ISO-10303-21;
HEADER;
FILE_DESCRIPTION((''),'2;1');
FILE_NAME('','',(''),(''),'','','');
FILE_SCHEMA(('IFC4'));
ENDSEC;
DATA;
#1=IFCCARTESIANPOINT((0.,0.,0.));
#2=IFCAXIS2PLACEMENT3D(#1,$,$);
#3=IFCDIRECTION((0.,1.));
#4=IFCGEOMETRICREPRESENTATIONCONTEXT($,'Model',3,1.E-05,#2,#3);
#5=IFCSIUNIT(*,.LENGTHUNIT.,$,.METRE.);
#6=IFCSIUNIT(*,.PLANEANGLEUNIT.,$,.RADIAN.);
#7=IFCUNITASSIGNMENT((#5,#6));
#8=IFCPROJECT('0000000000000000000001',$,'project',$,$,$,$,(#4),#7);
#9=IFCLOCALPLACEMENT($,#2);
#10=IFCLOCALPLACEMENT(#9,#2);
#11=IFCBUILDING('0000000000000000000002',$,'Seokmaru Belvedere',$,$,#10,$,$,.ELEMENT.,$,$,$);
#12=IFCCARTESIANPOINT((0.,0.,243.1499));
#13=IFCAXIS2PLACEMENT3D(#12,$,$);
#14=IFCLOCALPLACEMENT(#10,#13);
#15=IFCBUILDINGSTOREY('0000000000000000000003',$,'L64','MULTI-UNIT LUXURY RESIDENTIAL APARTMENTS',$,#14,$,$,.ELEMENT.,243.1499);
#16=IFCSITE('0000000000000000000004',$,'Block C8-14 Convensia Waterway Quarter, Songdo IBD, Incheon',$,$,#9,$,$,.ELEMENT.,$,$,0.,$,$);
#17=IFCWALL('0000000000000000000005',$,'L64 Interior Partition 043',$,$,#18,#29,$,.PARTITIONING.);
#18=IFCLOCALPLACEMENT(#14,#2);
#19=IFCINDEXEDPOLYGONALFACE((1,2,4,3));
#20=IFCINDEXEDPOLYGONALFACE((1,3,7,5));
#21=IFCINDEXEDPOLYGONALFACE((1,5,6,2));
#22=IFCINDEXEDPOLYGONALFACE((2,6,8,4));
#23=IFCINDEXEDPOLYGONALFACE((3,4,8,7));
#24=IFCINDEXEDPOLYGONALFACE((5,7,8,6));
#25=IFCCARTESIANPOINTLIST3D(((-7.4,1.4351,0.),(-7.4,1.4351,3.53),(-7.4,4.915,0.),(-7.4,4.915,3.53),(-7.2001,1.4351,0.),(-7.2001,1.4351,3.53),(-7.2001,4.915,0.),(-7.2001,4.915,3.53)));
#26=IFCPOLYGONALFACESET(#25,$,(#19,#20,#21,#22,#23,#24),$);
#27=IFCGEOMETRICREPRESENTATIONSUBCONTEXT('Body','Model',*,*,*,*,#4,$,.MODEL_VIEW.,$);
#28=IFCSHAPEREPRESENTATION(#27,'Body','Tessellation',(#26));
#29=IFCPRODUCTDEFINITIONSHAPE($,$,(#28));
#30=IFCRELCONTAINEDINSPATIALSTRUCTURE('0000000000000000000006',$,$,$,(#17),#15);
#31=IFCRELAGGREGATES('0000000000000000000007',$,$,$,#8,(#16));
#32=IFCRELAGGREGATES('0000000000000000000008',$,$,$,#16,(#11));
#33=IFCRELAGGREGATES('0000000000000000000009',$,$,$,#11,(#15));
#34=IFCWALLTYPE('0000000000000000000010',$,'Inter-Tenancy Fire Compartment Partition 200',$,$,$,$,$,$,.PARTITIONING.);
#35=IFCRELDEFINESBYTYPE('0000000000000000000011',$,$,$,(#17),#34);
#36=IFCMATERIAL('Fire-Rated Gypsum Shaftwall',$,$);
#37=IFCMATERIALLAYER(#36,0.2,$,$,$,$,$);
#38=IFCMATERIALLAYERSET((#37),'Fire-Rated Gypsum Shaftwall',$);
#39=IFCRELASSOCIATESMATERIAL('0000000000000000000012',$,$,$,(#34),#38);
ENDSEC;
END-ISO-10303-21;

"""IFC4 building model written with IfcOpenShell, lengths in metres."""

from ifc_helpers import new_model, si_unit, direction, frame, frame_2d, origin, place, context, subcontext, project, spatial, rectangle, extrude, material, layer, layer_set, type_object, element, save


model = new_model("IFC4")

# Units and contexts
model_context = context("Model", 3, precision=1e-05, world=origin(), true_north=direction((0.0, 1.0)))
body_context = subcontext(model_context, "Body", "Model", "MODEL_VIEW")
ifc_project = project(units=[si_unit("LENGTHUNIT", "METRE"), si_unit("PLANEANGLEUNIT", "RADIAN")], contexts=[model_context])

# Site, building, storey
site_placement = place(None, origin())
site = spatial("IfcSite", under=ifc_project, at=site_placement, Name="Block C8-14 Convensia Waterway Quarter, Songdo IBD, Incheon", CompositionType="ELEMENT", RefElevation=0.0)
building_placement = place(site_placement, origin())
building = spatial("IfcBuilding", under=site, at=building_placement, Name="Seokmaru Belvedere", CompositionType="ELEMENT")
storey_placement = place(building_placement, frame((0.0, 0.0, 243.1499)))
storey = spatial("IfcBuildingStorey", under=building, at=storey_placement, Name="L64", Description="MULTI-UNIT LUXURY RESIDENTIAL APARTMENTS", CompositionType="ELEMENT", Elevation=243.1499)

# Shared definitions
ifc_material_1 = material(Name="Fire-Rated Gypsum Shaftwall")

# Wall
ifc_layer_1 = layer(ifc_material_1, 0.2)
ifc_layer_set_1 = layer_set([ifc_layer_1], Name="Fire-Rated Gypsum Shaftwall")
wall_type_1 = type_object("IfcWallType", Name="Inter-Tenancy Fire Compartment Partition 200", PredefinedType="PARTITIONING", material=ifc_layer_set_1)
wall_1_placement = place(storey_placement, frame((-7.3, 1.4351, 0.0), z_axis=(0.0, 0.0, 1.0), x_axis=(0.0, 1.0, 0.0)))
element("IfcWall", 1, at=wall_1_placement, inside=storey, type_object=wall_type_1, Name="L64 Interior Partition 043", PredefinedType="PARTITIONING", context=body_context, shape_type="SweptSolid", body=[
    extrude(rectangle(XDim=3.48, YDim=0.2, at=frame_2d((1.74, 0.0))), origin(), (0.0, 0.0, 1.0), 3.53),
])

save(model, "model.ifc")
